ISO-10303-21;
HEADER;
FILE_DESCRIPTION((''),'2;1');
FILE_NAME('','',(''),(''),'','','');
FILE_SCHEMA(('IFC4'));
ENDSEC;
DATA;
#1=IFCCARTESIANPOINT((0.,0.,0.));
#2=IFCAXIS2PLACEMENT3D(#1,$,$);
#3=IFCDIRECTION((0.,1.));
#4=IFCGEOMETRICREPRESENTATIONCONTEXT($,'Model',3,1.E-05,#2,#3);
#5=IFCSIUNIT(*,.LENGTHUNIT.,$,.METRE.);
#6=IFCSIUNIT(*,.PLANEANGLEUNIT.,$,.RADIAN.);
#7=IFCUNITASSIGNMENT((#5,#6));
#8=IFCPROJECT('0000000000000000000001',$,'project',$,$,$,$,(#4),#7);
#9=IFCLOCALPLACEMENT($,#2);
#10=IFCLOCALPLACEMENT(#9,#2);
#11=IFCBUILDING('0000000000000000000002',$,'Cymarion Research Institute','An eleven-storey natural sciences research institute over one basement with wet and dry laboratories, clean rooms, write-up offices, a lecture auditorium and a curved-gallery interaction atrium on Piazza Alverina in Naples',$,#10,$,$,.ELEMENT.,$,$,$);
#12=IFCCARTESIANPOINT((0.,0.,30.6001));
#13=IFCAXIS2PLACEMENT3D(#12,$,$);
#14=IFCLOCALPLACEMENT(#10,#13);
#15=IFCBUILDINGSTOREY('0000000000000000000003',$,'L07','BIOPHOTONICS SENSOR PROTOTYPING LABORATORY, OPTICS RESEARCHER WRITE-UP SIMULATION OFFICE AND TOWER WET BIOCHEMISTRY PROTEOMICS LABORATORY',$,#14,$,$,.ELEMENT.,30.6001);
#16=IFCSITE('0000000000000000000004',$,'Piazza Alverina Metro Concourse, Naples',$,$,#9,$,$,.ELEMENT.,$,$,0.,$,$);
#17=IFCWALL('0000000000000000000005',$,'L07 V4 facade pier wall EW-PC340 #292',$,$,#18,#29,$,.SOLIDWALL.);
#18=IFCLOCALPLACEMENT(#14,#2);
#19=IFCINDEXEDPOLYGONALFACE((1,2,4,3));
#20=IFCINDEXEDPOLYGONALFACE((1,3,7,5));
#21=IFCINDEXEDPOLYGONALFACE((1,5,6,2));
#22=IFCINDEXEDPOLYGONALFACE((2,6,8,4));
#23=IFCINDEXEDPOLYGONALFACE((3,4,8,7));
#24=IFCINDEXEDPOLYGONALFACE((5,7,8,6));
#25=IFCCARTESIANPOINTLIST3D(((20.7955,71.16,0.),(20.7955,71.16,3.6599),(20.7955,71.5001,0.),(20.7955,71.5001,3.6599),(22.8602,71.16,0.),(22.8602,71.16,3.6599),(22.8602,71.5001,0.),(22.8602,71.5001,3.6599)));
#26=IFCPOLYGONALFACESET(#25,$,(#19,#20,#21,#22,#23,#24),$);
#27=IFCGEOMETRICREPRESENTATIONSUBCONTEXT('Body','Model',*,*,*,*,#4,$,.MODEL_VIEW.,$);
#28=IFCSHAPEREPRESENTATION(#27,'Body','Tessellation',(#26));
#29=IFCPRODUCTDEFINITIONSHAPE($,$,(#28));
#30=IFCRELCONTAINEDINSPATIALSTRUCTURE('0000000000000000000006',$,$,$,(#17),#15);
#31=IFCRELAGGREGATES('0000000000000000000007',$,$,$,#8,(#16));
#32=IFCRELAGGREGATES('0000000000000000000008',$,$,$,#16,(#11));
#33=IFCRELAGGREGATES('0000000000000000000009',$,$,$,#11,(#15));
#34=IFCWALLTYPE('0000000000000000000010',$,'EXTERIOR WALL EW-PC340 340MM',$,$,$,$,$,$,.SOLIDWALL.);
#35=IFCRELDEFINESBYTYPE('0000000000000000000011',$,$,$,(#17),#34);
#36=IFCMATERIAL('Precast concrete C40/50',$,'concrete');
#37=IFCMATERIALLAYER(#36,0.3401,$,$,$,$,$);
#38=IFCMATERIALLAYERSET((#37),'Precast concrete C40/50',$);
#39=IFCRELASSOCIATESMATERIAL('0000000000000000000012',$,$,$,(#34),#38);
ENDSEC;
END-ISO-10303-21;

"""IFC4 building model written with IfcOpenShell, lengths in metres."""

from ifc_helpers import new_model, si_unit, direction, frame, frame_2d, origin, place, context, subcontext, project, spatial, rectangle, extrude, material, layer, layer_set, type_object, element, save


model = new_model("IFC4")

# Units and contexts
model_context = context("Model", 3, precision=1e-05, world=origin(), true_north=direction((0.0, 1.0)))
body_context = subcontext(model_context, "Body", "Model", "MODEL_VIEW")
ifc_project = project(units=[si_unit("LENGTHUNIT", "METRE"), si_unit("PLANEANGLEUNIT", "RADIAN")], contexts=[model_context])

# Site, building, storey
site_placement = place(None, origin())
site = spatial("IfcSite", under=ifc_project, at=site_placement, Name="Piazza Alverina Metro Concourse, Naples", CompositionType="ELEMENT", RefElevation=0.0)
building_placement = place(site_placement, origin())
building = spatial("IfcBuilding", under=site, at=building_placement, Name="Cymarion Research Institute", Description="An eleven-storey natural sciences research institute over one basement with wet and dry laboratories, clean rooms, write-up offices, a lecture auditorium and a curved-gallery interaction atrium on Piazza Alverina in Naples", CompositionType="ELEMENT")
storey_placement = place(building_placement, frame((0.0, 0.0, 30.6001)))
storey = spatial("IfcBuildingStorey", under=building, at=storey_placement, Name="L07", Description="BIOPHOTONICS SENSOR PROTOTYPING LABORATORY, OPTICS RESEARCHER WRITE-UP SIMULATION OFFICE AND TOWER WET BIOCHEMISTRY PROTEOMICS LABORATORY", CompositionType="ELEMENT", Elevation=30.6001)

# Wall
ifc_material_1 = material(Name="Precast concrete C40/50", Category="concrete")
ifc_layer_1 = layer(ifc_material_1, 0.3401)
ifc_layer_set_1 = layer_set([ifc_layer_1], Name="Precast concrete C40/50")
wall_type = type_object("IfcWallType", Name="EXTERIOR WALL EW-PC340 340MM", PredefinedType="SOLIDWALL", material=ifc_layer_set_1)
wall_placement = place(storey_placement, frame((22.8601, 71.3301, 0.0), z_axis=(0.0, 0.0, 1.0), x_axis=(-1.0, 0.0, 0.0)))
element("IfcWall", 1, at=wall_placement, inside=storey, type_object=wall_type, Name="L07 V4 facade pier wall EW-PC340 #292", PredefinedType="SOLIDWALL", context=body_context, shape_type="SweptSolid", body=[
    extrude(rectangle(XDim=2.0647, YDim=0.3401, at=frame_2d((1.0322, 0.0))), origin(), (0.0, 0.0, 1.0), 3.6599),
])

save(model, "model.ifc")
